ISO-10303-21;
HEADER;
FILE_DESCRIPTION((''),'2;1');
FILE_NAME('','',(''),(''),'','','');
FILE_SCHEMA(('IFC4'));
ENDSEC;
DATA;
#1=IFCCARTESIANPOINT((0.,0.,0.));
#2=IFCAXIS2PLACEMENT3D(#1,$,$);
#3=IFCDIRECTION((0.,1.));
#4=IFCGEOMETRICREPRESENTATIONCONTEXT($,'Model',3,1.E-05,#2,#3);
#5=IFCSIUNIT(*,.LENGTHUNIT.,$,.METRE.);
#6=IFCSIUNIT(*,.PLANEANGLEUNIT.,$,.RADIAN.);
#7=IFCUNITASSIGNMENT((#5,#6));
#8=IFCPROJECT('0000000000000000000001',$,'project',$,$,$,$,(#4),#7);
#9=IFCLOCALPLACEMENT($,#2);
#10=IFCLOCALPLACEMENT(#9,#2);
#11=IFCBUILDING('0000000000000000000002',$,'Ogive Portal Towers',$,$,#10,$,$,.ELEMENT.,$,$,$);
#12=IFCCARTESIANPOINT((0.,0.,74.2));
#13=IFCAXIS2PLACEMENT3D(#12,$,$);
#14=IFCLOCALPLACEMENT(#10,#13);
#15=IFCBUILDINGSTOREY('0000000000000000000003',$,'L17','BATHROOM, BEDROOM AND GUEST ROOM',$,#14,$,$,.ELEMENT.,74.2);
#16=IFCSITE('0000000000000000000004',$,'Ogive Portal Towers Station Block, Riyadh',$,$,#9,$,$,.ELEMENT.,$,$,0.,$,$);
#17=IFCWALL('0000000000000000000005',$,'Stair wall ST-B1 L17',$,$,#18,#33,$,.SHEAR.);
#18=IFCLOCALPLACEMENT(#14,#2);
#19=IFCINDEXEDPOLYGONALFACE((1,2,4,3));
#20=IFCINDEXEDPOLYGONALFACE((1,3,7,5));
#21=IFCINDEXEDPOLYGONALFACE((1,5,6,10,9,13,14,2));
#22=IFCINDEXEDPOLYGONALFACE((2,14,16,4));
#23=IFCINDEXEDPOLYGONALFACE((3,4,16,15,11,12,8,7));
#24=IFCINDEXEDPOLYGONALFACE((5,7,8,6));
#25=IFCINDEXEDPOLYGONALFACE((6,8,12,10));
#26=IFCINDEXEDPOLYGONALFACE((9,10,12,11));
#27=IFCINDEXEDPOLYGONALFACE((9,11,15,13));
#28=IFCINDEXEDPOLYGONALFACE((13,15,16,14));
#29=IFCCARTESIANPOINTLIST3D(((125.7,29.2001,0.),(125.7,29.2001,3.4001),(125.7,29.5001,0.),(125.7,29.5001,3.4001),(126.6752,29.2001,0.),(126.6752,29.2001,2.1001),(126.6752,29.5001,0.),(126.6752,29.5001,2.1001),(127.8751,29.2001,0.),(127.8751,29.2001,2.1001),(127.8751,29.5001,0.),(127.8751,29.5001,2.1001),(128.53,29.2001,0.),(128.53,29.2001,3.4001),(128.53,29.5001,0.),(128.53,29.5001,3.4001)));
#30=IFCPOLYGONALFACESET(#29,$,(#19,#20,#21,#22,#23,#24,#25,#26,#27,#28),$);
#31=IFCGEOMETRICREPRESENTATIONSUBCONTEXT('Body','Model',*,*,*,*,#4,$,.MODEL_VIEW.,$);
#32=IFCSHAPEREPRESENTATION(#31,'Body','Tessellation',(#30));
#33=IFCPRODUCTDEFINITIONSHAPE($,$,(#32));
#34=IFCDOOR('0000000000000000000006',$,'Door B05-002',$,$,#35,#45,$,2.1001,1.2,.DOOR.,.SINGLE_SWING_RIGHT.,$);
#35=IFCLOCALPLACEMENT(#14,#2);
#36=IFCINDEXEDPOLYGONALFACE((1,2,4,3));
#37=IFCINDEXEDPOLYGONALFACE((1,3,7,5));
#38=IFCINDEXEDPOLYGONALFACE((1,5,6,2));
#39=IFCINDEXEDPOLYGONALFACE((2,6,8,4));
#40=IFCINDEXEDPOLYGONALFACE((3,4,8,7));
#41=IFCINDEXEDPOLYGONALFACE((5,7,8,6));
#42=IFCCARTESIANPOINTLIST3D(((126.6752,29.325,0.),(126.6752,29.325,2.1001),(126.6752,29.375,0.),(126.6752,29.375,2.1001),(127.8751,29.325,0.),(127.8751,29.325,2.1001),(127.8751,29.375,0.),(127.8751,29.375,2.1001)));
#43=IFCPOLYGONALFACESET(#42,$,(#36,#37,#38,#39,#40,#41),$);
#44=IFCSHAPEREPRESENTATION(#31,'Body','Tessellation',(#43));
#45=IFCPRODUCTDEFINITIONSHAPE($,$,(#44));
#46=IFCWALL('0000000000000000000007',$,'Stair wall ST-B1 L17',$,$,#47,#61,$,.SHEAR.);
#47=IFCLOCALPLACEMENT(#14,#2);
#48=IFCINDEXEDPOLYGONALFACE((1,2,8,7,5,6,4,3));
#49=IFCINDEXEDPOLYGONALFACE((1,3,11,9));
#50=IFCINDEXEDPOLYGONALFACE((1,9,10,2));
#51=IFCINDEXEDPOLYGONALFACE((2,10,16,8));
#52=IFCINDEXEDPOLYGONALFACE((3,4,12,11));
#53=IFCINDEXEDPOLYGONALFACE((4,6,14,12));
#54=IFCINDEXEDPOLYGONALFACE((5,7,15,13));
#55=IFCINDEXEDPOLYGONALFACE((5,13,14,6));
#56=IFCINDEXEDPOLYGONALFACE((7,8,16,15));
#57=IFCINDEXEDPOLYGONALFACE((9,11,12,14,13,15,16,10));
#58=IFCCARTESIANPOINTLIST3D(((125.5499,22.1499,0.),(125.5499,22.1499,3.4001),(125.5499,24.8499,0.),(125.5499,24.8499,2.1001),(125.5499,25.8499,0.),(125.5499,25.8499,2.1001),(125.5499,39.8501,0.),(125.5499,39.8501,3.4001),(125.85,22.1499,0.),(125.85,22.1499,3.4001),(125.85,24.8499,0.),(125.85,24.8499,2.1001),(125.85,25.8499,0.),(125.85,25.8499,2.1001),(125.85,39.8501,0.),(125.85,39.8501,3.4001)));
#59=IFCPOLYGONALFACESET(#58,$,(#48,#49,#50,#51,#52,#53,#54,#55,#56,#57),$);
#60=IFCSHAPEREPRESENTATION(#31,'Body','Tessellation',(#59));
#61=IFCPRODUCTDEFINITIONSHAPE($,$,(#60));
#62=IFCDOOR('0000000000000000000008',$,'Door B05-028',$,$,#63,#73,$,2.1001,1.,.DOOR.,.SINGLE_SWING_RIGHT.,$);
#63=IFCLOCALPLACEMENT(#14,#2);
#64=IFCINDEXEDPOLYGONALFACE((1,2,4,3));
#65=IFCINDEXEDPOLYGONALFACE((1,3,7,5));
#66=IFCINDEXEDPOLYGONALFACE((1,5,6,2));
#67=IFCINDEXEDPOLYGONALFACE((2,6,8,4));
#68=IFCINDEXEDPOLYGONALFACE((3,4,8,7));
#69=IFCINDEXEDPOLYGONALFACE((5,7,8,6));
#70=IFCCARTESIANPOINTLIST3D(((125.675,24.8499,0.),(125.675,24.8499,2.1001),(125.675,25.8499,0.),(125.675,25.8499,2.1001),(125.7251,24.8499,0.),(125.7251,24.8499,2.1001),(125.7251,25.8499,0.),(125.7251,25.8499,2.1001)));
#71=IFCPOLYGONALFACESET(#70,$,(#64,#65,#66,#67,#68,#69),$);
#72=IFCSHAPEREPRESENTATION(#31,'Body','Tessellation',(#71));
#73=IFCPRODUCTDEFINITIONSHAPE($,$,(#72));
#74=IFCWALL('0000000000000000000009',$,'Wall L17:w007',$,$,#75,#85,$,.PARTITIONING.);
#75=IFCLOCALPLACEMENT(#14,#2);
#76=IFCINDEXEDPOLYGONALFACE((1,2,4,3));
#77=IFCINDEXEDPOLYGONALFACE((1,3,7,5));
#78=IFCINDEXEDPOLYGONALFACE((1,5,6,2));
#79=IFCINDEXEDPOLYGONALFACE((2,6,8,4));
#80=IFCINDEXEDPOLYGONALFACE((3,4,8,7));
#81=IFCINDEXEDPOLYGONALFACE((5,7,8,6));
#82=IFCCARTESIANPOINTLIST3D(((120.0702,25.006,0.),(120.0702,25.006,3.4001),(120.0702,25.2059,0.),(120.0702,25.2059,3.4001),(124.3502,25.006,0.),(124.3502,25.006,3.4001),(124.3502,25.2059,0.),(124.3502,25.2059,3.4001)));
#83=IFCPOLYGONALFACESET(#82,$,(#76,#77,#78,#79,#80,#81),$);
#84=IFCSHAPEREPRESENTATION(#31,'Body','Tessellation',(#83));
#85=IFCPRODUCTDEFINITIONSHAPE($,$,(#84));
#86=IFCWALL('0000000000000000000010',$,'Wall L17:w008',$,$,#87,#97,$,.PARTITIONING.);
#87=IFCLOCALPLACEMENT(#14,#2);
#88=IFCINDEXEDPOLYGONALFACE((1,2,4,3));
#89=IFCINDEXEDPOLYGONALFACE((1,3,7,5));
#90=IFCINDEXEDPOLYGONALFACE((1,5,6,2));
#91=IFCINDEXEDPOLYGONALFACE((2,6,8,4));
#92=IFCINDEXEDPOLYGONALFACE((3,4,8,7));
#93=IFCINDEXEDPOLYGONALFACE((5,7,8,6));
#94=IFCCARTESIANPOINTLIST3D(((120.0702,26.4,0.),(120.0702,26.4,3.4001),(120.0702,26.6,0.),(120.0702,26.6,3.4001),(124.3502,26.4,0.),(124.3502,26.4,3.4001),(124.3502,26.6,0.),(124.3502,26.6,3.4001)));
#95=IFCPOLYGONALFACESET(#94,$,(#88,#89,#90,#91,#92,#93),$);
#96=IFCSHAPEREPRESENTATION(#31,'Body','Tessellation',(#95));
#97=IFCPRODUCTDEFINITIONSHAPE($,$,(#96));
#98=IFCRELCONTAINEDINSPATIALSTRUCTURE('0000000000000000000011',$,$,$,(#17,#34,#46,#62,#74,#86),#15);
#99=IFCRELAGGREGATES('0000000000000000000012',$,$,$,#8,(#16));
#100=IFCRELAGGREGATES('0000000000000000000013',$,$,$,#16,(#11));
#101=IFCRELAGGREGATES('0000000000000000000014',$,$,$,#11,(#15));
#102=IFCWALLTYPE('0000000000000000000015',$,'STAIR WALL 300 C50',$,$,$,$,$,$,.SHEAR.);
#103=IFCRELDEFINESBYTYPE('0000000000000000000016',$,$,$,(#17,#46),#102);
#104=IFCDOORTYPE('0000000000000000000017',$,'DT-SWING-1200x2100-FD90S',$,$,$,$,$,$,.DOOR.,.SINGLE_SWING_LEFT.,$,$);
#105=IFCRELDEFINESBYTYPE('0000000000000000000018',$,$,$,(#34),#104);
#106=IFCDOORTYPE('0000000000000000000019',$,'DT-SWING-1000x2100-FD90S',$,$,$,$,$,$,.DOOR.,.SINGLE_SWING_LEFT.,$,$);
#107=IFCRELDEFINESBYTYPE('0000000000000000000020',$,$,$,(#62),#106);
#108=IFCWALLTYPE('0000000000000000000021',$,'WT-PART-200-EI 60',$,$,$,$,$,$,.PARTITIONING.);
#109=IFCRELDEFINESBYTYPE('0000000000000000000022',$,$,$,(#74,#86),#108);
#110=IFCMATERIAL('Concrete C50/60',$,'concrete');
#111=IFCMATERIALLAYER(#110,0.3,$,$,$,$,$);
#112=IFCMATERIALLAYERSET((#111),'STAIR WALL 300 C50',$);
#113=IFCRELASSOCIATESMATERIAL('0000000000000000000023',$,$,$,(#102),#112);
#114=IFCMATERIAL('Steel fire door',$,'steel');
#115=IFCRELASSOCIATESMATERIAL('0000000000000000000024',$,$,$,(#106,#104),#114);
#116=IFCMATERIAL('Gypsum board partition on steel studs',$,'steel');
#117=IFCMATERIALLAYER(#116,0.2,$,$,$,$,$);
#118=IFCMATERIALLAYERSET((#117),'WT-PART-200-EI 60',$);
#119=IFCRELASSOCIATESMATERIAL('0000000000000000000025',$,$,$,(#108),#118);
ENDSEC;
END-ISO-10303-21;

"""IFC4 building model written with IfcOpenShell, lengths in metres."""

from ifc_helpers import new_model, si_unit, direction, frame, frame_2d, origin, place, context, subcontext, project, spatial, rectangle, extrude, material, layer, layer_set, type_object, element, fill, save


model = new_model("IFC4")

# Units and contexts
model_context = context("Model", 3, precision=1e-05, world=origin(), true_north=direction((0.0, 1.0)))
body_context = subcontext(model_context, "Body", "Model", "MODEL_VIEW")
ifc_project = project(units=[si_unit("LENGTHUNIT", "METRE"), si_unit("PLANEANGLEUNIT", "RADIAN")], contexts=[model_context])

# Site, building, storey
site_placement = place(None, origin())
site = spatial("IfcSite", under=ifc_project, at=site_placement, Name="Ogive Portal Towers Station Block, Riyadh", CompositionType="ELEMENT", RefElevation=0.0)
building_placement = place(site_placement, origin())
building = spatial("IfcBuilding", under=site, at=building_placement, Name="Ogive Portal Towers", CompositionType="ELEMENT")
storey_placement = place(building_placement, frame((0.0, 0.0, 74.2)))
storey = spatial("IfcBuildingStorey", under=building, at=storey_placement, Name="L17", Description="BATHROOM, BEDROOM AND GUEST ROOM", CompositionType="ELEMENT", Elevation=74.2)

# Shared definitions
ifc_material_1 = material(Name="Concrete C50/60", Category="concrete")

# Shared definitions
ifc_layer_1 = layer(ifc_material_1, 0.3)
ifc_layer_set_1 = layer_set([ifc_layer_1], Name="STAIR WALL 300 C50")
wall_type_1 = type_object("IfcWallType", Name="STAIR WALL 300 C50", PredefinedType="SHEAR", material=ifc_layer_set_1)
ifc_material_2 = material(Name="Steel fire door", Category="steel")
door_type_1 = type_object("IfcDoorType", Name="DT-SWING-1000x2100-FD90S", OperationType="SINGLE_SWING_LEFT", PredefinedType="DOOR", material=ifc_material_2)

# Walls, openings, doors
wall_1_placement = place(storey_placement, frame((125.7, 29.3501, 0.0), z_axis=(0.0, 0.0, 1.0), x_axis=(1.0, 0.0, 0.0)))
wall_1 = element("IfcWall", 1, at=wall_1_placement, inside=storey, type_object=wall_type_1, Name="Stair wall ST-B1 L17", PredefinedType="SHEAR", context=body_context, shape_type="SweptSolid", body=[
    extrude(rectangle(XDim=2.8301, YDim=0.3, at=frame_2d((1.415, 0.0))), origin(), (0.0, 0.0, 1.0), 3.4001),
])
opening_1_placement = place(wall_1_placement, frame((0.9751, 0.0, 0.0)))
opening_1 = element("IfcOpeningElement", 2, at=opening_1_placement, cuts=wall_1, PredefinedType="OPENING", context=body_context, shape_type="SweptSolid", body=[
    extrude(rectangle(XDim=1.2, YDim=2.1001, at=frame_2d((0.6001, 1.05))), frame((0.0, 0.1602, 0.0), z_axis=(0.0, -1.0, 0.0), x_axis=(1.0, 0.0, 0.0)), (0.0, 0.0, 1.0), 0.3201),
])
door_type_2 = type_object("IfcDoorType", Name="DT-SWING-1200x2100-FD90S", OperationType="SINGLE_SWING_LEFT", PredefinedType="DOOR", material=ifc_material_2)
door_1_placement = place(opening_1_placement, origin())
door_1 = element("IfcDoor", 3, at=door_1_placement, inside=storey, type_object=door_type_2, Name="Door B05-002", OperationType="SINGLE_SWING_RIGHT", OverallHeight=2.1001, OverallWidth=1.2, PredefinedType="DOOR", context=body_context, shape_type="SweptSolid", body=[
    extrude(rectangle(XDim=1.2, YDim=2.1001, at=frame_2d((0.6001, 1.05))), frame((0.0, 0.0249, 0.0), z_axis=(0.0, -1.0, 0.0), x_axis=(1.0, 0.0, 0.0)), (0.0, 0.0, 1.0), 0.05),
])
fill(opening_1, door_1)
wall_2_placement = place(storey_placement, frame((125.7, 22.1499, 0.0), z_axis=(0.0, 0.0, 1.0), x_axis=(0.0, 1.0, 0.0)))
wall_2 = element("IfcWall", 4, at=wall_2_placement, inside=storey, type_object=wall_type_1, Name="Stair wall ST-B1 L17", PredefinedType="SHEAR", context=body_context, shape_type="SweptSolid", body=[
    extrude(rectangle(XDim=17.7002, YDim=0.3, at=frame_2d((8.8501, 0.0))), origin(), (0.0, 0.0, 1.0), 3.4001),
])
opening_2_placement = place(wall_2_placement, frame((2.7, 0.0, 0.0)))
opening_2 = element("IfcOpeningElement", 5, at=opening_2_placement, cuts=wall_2, PredefinedType="OPENING", context=body_context, shape_type="SweptSolid", body=[
    extrude(rectangle(XDim=1.0, YDim=2.1001, at=frame_2d((0.5, 1.05))), frame((0.0, 0.1602, 0.0), z_axis=(0.0, -1.0, 0.0), x_axis=(1.0, 0.0, 0.0)), (0.0, 0.0, 1.0), 0.3201),
])
door_2_placement = place(opening_2_placement, origin())
door_2 = element("IfcDoor", 6, at=door_2_placement, inside=storey, type_object=door_type_1, Name="Door B05-028", OperationType="SINGLE_SWING_RIGHT", OverallHeight=2.1001, OverallWidth=1.0, PredefinedType="DOOR", context=body_context, shape_type="SweptSolid", body=[
    extrude(rectangle(XDim=1.0, YDim=2.1001, at=frame_2d((0.5, 1.05))), frame((0.0, 0.0249, 0.0), z_axis=(0.0, -1.0, 0.0), x_axis=(1.0, 0.0, 0.0)), (0.0, 0.0, 1.0), 0.05),
])
fill(opening_2, door_2)

# Walls
ifc_material_3 = material(Name="Gypsum board partition on steel studs", Category="steel")
ifc_layer_2 = layer(ifc_material_3, 0.2)
ifc_layer_set_2 = layer_set([ifc_layer_2], Name="WT-PART-200-EI 60")
wall_type_2 = type_object("IfcWallType", Name="WT-PART-200-EI 60", PredefinedType="PARTITIONING", material=ifc_layer_set_2)
for number, where, z_axis, x_axis, name in (
    (7, (120.0701, 25.106, 0.0), (0.0, 0.0, 1.0), (1.0, 0.0, 0.0), "Wall L17:w007"),
    (8, (120.0701, 26.5, 0.0), (0.0, 0.0, 1.0), (1.0, 0.0, 0.0), "Wall L17:w008"),
):
    element("IfcWall", number, at=place(storey_placement, frame(where, z_axis=z_axis, x_axis=x_axis)), inside=storey, type_object=wall_type_2, Name=name, PredefinedType="PARTITIONING", context=body_context, shape_type="SweptSolid", body=[
        extrude(rectangle(XDim=4.28, YDim=0.2, at=frame_2d((2.1401, 0.0))), origin(), (0.0, 0.0, 1.0), 3.4001),
    ])

save(model, "model.ifc")
